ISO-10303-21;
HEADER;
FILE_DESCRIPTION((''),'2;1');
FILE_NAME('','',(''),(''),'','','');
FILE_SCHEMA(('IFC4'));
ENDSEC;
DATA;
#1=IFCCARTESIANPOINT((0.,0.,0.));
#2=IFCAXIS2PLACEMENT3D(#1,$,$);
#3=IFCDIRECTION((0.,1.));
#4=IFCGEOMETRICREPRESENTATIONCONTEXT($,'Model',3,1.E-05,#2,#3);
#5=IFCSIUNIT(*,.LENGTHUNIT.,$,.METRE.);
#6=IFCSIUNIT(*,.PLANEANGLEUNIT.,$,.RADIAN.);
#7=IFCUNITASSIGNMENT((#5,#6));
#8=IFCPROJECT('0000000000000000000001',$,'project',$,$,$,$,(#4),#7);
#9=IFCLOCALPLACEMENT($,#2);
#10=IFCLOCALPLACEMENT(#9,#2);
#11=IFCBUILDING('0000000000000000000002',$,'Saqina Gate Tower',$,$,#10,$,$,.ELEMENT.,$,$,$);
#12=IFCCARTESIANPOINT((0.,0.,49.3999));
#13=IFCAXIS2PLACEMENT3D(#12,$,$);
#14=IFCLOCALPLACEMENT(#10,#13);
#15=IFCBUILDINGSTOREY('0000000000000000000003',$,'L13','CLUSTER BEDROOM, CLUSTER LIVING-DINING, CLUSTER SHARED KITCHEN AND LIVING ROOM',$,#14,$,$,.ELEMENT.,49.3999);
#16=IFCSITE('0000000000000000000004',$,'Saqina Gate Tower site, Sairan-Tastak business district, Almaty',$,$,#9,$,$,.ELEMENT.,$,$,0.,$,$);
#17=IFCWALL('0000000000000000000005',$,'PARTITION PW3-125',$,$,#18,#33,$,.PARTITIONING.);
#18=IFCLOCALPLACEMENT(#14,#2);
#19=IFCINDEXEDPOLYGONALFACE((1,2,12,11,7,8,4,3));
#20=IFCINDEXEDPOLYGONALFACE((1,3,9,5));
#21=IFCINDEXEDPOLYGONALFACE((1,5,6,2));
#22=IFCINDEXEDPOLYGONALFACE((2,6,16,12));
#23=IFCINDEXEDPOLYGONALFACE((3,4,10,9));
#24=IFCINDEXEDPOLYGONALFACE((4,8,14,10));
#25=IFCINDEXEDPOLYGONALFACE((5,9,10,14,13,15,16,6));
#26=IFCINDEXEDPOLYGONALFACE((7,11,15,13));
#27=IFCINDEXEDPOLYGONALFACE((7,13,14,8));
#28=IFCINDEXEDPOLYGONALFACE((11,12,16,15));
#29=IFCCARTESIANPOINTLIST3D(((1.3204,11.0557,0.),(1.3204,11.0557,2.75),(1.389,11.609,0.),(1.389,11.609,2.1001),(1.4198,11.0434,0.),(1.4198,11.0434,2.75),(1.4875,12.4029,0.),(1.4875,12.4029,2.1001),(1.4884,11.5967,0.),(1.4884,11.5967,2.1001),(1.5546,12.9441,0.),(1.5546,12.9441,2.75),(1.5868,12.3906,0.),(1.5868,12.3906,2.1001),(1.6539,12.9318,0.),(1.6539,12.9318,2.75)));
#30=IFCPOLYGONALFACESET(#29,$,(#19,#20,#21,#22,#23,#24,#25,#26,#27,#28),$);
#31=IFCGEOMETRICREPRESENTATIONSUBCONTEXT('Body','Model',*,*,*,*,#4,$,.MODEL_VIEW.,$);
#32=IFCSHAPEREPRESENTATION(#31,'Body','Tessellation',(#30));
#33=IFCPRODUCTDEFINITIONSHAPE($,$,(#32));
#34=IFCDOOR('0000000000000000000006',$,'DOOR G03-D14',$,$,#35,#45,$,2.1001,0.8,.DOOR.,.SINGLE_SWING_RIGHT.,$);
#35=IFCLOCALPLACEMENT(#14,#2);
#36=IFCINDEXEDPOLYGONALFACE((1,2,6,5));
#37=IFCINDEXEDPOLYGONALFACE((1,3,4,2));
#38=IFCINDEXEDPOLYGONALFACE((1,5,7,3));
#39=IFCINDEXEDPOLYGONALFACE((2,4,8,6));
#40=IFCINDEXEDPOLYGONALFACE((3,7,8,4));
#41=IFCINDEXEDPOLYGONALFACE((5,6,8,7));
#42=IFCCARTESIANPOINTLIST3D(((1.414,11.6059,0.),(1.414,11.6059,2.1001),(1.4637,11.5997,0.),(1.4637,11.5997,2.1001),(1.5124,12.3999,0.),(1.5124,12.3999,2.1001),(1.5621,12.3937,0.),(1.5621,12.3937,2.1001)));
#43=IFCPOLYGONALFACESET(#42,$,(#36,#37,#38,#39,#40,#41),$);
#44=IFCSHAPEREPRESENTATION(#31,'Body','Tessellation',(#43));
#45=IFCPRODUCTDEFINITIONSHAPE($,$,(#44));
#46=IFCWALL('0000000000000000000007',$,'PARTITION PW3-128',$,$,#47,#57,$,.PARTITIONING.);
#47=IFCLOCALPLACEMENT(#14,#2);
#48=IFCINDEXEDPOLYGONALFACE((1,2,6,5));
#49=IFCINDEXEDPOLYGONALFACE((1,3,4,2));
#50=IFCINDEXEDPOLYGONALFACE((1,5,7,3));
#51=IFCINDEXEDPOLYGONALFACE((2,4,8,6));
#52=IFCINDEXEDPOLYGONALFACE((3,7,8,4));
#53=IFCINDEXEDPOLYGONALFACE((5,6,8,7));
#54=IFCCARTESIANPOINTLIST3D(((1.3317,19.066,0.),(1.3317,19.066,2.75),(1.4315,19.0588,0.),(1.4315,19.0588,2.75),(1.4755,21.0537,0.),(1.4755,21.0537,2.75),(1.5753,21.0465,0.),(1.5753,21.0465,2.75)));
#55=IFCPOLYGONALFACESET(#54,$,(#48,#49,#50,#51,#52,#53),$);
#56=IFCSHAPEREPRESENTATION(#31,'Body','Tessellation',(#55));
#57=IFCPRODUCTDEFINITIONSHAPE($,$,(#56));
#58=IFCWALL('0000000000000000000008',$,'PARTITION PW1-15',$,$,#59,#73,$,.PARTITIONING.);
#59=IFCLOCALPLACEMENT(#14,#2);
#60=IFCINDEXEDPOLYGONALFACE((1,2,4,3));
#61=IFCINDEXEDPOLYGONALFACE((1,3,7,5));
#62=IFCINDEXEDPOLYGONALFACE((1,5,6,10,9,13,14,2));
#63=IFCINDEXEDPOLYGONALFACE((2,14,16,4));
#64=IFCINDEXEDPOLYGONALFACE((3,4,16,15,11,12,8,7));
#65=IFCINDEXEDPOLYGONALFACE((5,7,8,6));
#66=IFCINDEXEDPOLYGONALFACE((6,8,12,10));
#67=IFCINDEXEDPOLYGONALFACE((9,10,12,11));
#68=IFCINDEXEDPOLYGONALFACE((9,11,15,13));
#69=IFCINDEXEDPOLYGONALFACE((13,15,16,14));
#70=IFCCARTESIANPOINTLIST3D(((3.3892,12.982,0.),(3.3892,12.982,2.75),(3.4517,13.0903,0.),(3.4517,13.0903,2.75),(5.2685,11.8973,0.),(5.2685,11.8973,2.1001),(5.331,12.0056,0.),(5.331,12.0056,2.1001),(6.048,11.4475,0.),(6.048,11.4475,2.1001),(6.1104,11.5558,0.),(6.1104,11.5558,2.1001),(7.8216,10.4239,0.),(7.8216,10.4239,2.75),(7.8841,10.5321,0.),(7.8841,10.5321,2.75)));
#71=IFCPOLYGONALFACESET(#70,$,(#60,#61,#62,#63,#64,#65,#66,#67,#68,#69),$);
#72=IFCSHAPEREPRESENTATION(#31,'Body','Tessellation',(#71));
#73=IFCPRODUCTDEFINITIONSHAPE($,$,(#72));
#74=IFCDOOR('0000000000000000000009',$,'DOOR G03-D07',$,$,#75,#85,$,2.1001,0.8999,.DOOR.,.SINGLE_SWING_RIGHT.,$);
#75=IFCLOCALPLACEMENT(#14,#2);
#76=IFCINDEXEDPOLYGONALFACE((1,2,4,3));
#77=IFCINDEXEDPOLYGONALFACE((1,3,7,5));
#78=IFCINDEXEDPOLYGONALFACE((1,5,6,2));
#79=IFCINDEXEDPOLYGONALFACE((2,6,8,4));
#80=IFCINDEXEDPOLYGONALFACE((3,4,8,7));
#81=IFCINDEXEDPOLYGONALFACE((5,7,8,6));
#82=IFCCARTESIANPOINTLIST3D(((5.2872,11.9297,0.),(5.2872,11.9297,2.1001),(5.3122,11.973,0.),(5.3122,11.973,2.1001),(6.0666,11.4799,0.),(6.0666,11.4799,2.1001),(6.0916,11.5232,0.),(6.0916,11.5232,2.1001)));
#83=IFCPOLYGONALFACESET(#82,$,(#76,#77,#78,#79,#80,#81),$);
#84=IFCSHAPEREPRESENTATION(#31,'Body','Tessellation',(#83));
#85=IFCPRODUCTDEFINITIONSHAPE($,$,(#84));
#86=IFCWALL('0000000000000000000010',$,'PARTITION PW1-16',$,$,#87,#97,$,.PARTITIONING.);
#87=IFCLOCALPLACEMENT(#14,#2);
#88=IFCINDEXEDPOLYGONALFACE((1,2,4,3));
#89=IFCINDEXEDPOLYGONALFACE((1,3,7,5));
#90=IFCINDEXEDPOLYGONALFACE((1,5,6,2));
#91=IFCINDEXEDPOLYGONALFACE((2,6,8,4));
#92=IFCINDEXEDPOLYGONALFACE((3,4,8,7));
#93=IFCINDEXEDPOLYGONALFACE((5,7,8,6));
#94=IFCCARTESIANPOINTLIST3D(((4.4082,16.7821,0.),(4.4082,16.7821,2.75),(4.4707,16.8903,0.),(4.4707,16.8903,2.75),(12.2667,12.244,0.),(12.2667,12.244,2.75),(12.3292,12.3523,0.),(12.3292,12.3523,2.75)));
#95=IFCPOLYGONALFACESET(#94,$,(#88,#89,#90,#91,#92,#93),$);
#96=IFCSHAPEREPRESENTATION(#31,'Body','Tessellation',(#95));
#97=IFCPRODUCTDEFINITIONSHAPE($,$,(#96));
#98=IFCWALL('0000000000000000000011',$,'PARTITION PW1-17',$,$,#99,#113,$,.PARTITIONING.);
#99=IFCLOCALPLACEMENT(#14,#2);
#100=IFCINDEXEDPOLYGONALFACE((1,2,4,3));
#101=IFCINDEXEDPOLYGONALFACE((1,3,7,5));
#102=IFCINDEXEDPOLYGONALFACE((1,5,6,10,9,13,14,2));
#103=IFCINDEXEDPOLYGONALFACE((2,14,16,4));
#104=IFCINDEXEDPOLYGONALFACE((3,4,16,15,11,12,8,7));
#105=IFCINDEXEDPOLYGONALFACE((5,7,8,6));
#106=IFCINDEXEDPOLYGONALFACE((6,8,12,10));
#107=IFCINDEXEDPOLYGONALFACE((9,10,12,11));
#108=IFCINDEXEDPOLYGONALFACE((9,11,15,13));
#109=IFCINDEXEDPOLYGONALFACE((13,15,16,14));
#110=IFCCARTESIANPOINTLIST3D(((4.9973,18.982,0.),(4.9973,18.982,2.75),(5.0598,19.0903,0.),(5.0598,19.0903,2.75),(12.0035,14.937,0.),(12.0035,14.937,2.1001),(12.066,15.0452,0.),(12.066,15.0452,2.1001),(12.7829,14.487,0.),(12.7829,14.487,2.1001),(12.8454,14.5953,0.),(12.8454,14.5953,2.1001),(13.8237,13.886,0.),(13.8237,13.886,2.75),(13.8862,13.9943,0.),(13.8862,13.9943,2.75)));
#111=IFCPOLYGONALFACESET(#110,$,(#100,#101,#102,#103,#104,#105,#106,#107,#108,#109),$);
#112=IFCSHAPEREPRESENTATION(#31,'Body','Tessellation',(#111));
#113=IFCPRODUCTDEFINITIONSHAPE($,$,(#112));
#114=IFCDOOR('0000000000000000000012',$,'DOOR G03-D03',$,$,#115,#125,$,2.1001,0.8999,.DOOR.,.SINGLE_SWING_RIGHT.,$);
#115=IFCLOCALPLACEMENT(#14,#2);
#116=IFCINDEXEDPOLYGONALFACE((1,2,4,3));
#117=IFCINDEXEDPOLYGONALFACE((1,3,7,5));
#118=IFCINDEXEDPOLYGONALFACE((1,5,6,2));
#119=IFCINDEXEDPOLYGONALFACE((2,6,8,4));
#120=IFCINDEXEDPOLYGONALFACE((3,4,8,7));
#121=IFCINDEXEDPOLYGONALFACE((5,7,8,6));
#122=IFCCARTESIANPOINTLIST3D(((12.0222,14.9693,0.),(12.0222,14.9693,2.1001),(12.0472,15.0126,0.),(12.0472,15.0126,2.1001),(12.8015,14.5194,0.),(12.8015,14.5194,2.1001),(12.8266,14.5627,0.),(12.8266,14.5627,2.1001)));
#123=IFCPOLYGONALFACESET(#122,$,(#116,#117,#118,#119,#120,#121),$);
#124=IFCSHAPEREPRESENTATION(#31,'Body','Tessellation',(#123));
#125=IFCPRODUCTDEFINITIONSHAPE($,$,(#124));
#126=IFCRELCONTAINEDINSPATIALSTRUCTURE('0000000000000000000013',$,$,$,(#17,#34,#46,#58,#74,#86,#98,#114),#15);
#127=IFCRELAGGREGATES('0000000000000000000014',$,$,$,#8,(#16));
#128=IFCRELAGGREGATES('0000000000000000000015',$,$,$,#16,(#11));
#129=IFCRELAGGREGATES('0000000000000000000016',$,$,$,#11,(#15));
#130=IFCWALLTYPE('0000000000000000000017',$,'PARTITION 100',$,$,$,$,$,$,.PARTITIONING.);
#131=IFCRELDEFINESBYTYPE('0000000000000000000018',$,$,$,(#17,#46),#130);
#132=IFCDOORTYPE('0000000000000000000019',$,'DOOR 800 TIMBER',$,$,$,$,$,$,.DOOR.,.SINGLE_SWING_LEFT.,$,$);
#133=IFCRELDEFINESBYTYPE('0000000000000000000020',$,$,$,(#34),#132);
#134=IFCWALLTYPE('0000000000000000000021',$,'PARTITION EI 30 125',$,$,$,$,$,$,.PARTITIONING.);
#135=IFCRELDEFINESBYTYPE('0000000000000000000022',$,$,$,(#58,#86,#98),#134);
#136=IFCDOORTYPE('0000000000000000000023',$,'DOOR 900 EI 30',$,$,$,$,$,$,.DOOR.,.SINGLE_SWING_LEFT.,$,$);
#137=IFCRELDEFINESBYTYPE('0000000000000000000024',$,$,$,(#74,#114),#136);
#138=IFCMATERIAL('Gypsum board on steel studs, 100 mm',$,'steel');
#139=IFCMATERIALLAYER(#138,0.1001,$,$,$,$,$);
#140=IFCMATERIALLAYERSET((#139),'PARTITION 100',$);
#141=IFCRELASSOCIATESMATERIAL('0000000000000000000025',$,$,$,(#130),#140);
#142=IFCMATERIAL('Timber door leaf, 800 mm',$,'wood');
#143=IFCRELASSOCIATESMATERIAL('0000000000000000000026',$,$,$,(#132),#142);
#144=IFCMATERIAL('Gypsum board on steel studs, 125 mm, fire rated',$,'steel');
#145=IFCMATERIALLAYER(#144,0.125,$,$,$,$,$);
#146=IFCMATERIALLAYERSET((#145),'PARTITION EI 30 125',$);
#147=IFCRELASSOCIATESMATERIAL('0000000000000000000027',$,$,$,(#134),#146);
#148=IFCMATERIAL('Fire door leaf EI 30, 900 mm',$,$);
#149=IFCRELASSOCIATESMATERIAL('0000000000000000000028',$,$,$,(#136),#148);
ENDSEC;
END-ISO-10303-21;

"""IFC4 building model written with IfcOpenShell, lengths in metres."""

from ifc_helpers import new_model, si_unit, direction, frame, frame_2d, origin, place, context, subcontext, project, spatial, rectangle, extrude, material, layer, layer_set, type_object, element, fill, save


model = new_model("IFC4")

# Units and contexts
model_context = context("Model", 3, precision=1e-05, world=origin(), true_north=direction((0.0, 1.0)))
body_context = subcontext(model_context, "Body", "Model", "MODEL_VIEW")
ifc_project = project(units=[si_unit("LENGTHUNIT", "METRE"), si_unit("PLANEANGLEUNIT", "RADIAN")], contexts=[model_context])

# Site, building, storey
site_placement = place(None, origin())
site = spatial("IfcSite", under=ifc_project, at=site_placement, Name="Saqina Gate Tower site, Sairan-Tastak business district, Almaty", CompositionType="ELEMENT", RefElevation=0.0)
building_placement = place(site_placement, origin())
building = spatial("IfcBuilding", under=site, at=building_placement, Name="Saqina Gate Tower", CompositionType="ELEMENT")
storey_placement = place(building_placement, frame((0.0, 0.0, 49.3999)))
storey = spatial("IfcBuildingStorey", under=building, at=storey_placement, Name="L13", Description="CLUSTER BEDROOM, CLUSTER LIVING-DINING, CLUSTER SHARED KITCHEN AND LIVING ROOM", CompositionType="ELEMENT", Elevation=49.3999)

# Shared definitions
ifc_material_1 = material(Name="Gypsum board on steel studs, 100 mm", Category="steel")
ifc_layer_1 = layer(ifc_material_1, 0.1001)
ifc_layer_set_1 = layer_set([ifc_layer_1], Name="PARTITION 100")
wall_type_1 = type_object("IfcWallType", Name="PARTITION 100", PredefinedType="PARTITIONING", material=ifc_layer_set_1)

# Shared definitions
ifc_material_2 = material(Name="Timber door leaf, 800 mm", Category="wood")
door_type_1 = type_object("IfcDoorType", Name="DOOR 800 TIMBER", OperationType="SINGLE_SWING_LEFT", PredefinedType="DOOR", material=ifc_material_2)

# Wall, opening, door
wall_1_placement = place(storey_placement, frame((1.3701, 11.0496, 0.0), z_axis=(0.0, 0.0, 1.0), x_axis=(0.12304, 0.992402, 0.0)))
wall_1 = element("IfcWall", 1, at=wall_1_placement, inside=storey, type_object=wall_type_1, Name="PARTITION PW3-125", PredefinedType="PARTITIONING", context=body_context, shape_type="SweptSolid", body=[
    extrude(rectangle(XDim=1.9028, YDim=0.1001, at=frame_2d((0.9514, 0.0))), origin(), (0.0, 0.0, 1.0), 2.75),
])
opening_1_placement = place(wall_1_placement, frame((0.5576, 0.0, 0.0)))
opening_1 = element("IfcOpeningElement", 2, at=opening_1_placement, cuts=wall_1, PredefinedType="OPENING", context=body_context, shape_type="SweptSolid", body=[
    extrude(rectangle(XDim=0.8, YDim=2.1001, at=frame_2d((0.3999, 1.05))), frame((0.0, 0.062, 0.0), z_axis=(0.0, -1.0, 0.0), x_axis=(1.0, 0.0, 0.0)), (0.0, 0.0, 1.0), 0.124),
])
door_1_placement = place(opening_1_placement, origin())
door_1 = element("IfcDoor", 3, at=door_1_placement, inside=storey, type_object=door_type_1, Name="DOOR G03-D14", OperationType="SINGLE_SWING_RIGHT", OverallHeight=2.1001, OverallWidth=0.8, PredefinedType="DOOR", context=body_context, shape_type="SweptSolid", body=[
    extrude(rectangle(XDim=0.8, YDim=2.1001, at=frame_2d((0.3999, 1.05))), frame((0.0, 0.0249, 0.0), z_axis=(0.0, -1.0, 0.0), x_axis=(1.0, 0.0, 0.0)), (0.0, 0.0, 1.0), 0.05),
])
fill(opening_1, door_1)

# Wall
wall_2_placement = place(storey_placement, frame((1.3816, 19.0623, 0.0), z_axis=(0.0, 0.0, 1.0), x_axis=(0.072152, 0.997394, 0.0)))
element("IfcWall", 4, at=wall_2_placement, inside=storey, type_object=wall_type_1, Name="PARTITION PW3-128", PredefinedType="PARTITIONING", context=body_context, shape_type="SweptSolid", body=[
    extrude(rectangle(XDim=1.9929, YDim=0.1001, at=frame_2d((0.9966, 0.0))), origin(), (0.0, 0.0, 1.0), 2.75),
])

# Wall, opening, door
ifc_material_3 = material(Name="Gypsum board on steel studs, 125 mm, fire rated", Category="steel")
ifc_layer_2 = layer(ifc_material_3, 0.125)
ifc_layer_set_2 = layer_set([ifc_layer_2], Name="PARTITION EI 30 125")
wall_type_2 = type_object("IfcWallType", Name="PARTITION EI 30 125", PredefinedType="PARTITIONING", material=ifc_layer_set_2)
wall_3_placement = place(storey_placement, frame((3.4204, 13.0361, 0.0), z_axis=(0.0, 0.0, 1.0), x_axis=(0.866104, -0.499864, 0.0)))
wall_3 = element("IfcWall", 5, at=wall_3_placement, inside=storey, type_object=wall_type_2, Name="PARTITION PW1-15", PredefinedType="PARTITIONING", context=body_context, shape_type="SweptSolid", body=[
    extrude(rectangle(XDim=5.1177, YDim=0.125, at=frame_2d((2.5588, 0.0))), origin(), (0.0, 0.0, 1.0), 2.75),
])
opening_2_placement = place(wall_3_placement, frame((2.1699, 0.0, 0.0)))
opening_2 = element("IfcOpeningElement", 6, at=opening_2_placement, cuts=wall_3, PredefinedType="OPENING", context=body_context, shape_type="SweptSolid", body=[
    extrude(rectangle(XDim=0.8999, YDim=2.1001, at=frame_2d((0.45, 1.05))), frame((0.0, 0.0745, 0.0), z_axis=(0.0, -1.0, 0.0), x_axis=(1.0, 0.0, 0.0)), (0.0, 0.0, 1.0), 0.1489),
])
ifc_material_4 = material(Name="Fire door leaf EI 30, 900 mm")
door_type_2 = type_object("IfcDoorType", Name="DOOR 900 EI 30", OperationType="SINGLE_SWING_LEFT", PredefinedType="DOOR", material=ifc_material_4)
door_2_placement = place(opening_2_placement, origin())
door_2 = element("IfcDoor", 7, at=door_2_placement, inside=storey, type_object=door_type_2, Name="DOOR G03-D07", OperationType="SINGLE_SWING_RIGHT", OverallHeight=2.1001, OverallWidth=0.8999, PredefinedType="DOOR", context=body_context, shape_type="SweptSolid", body=[
    extrude(rectangle(XDim=0.8999, YDim=2.1001, at=frame_2d((0.45, 1.05))), frame((0.0, 0.0249, 0.0), z_axis=(0.0, -1.0, 0.0), x_axis=(1.0, 0.0, 0.0)), (0.0, 0.0, 1.0), 0.05),
])
fill(opening_2, door_2)

# Wall
wall_4_placement = place(storey_placement, frame((4.4395, 16.8362, 0.0), z_axis=(0.0, 0.0, 1.0), x_axis=(0.865983, -0.500074, 0.0)))
element("IfcWall", 8, at=wall_4_placement, inside=storey, type_object=wall_type_2, Name="PARTITION PW1-16", PredefinedType="PARTITIONING", context=body_context, shape_type="SweptSolid", body=[
    extrude(rectangle(XDim=9.0747, YDim=0.125, at=frame_2d((4.5374, 0.0))), origin(), (0.0, 0.0, 1.0), 2.75),
])

# Wall, opening, door
wall_5_placement = place(storey_placement, frame((5.0286, 19.0361, 0.0), z_axis=(0.0, 0.0, 1.0), x_axis=(0.866025, -0.500001, 0.0)))
wall_5 = element("IfcWall", 9, at=wall_5_placement, inside=storey, type_object=wall_type_2, Name="PARTITION PW1-17", PredefinedType="PARTITIONING", context=body_context, shape_type="SweptSolid", body=[
    extrude(rectangle(XDim=10.1919, YDim=0.125, at=frame_2d((5.0959, 0.0))), origin(), (0.0, 0.0, 1.0), 2.75),
])
opening_3_placement = place(wall_5_placement, frame((8.0901, 0.0, 0.0)))
opening_3 = element("IfcOpeningElement", 10, at=opening_3_placement, cuts=wall_5, PredefinedType="OPENING", context=body_context, shape_type="SweptSolid", body=[
    extrude(rectangle(XDim=0.8999, YDim=2.1001, at=frame_2d((0.45, 1.05))), frame((0.0, 0.0745, 0.0), z_axis=(0.0, -1.0, 0.0), x_axis=(1.0, 0.0, 0.0)), (0.0, 0.0, 1.0), 0.1489),
])
door_3_placement = place(opening_3_placement, origin())
door_3 = element("IfcDoor", 11, at=door_3_placement, inside=storey, type_object=door_type_2, Name="DOOR G03-D03", OperationType="SINGLE_SWING_RIGHT", OverallHeight=2.1001, OverallWidth=0.8999, PredefinedType="DOOR", context=body_context, shape_type="SweptSolid", body=[
    extrude(rectangle(XDim=0.8999, YDim=2.1001, at=frame_2d((0.45, 1.05))), frame((0.0, 0.0249, 0.0), z_axis=(0.0, -1.0, 0.0), x_axis=(1.0, 0.0, 0.0)), (0.0, 0.0, 1.0), 0.05),
])
fill(opening_3, door_3)

save(model, "model.ifc")
